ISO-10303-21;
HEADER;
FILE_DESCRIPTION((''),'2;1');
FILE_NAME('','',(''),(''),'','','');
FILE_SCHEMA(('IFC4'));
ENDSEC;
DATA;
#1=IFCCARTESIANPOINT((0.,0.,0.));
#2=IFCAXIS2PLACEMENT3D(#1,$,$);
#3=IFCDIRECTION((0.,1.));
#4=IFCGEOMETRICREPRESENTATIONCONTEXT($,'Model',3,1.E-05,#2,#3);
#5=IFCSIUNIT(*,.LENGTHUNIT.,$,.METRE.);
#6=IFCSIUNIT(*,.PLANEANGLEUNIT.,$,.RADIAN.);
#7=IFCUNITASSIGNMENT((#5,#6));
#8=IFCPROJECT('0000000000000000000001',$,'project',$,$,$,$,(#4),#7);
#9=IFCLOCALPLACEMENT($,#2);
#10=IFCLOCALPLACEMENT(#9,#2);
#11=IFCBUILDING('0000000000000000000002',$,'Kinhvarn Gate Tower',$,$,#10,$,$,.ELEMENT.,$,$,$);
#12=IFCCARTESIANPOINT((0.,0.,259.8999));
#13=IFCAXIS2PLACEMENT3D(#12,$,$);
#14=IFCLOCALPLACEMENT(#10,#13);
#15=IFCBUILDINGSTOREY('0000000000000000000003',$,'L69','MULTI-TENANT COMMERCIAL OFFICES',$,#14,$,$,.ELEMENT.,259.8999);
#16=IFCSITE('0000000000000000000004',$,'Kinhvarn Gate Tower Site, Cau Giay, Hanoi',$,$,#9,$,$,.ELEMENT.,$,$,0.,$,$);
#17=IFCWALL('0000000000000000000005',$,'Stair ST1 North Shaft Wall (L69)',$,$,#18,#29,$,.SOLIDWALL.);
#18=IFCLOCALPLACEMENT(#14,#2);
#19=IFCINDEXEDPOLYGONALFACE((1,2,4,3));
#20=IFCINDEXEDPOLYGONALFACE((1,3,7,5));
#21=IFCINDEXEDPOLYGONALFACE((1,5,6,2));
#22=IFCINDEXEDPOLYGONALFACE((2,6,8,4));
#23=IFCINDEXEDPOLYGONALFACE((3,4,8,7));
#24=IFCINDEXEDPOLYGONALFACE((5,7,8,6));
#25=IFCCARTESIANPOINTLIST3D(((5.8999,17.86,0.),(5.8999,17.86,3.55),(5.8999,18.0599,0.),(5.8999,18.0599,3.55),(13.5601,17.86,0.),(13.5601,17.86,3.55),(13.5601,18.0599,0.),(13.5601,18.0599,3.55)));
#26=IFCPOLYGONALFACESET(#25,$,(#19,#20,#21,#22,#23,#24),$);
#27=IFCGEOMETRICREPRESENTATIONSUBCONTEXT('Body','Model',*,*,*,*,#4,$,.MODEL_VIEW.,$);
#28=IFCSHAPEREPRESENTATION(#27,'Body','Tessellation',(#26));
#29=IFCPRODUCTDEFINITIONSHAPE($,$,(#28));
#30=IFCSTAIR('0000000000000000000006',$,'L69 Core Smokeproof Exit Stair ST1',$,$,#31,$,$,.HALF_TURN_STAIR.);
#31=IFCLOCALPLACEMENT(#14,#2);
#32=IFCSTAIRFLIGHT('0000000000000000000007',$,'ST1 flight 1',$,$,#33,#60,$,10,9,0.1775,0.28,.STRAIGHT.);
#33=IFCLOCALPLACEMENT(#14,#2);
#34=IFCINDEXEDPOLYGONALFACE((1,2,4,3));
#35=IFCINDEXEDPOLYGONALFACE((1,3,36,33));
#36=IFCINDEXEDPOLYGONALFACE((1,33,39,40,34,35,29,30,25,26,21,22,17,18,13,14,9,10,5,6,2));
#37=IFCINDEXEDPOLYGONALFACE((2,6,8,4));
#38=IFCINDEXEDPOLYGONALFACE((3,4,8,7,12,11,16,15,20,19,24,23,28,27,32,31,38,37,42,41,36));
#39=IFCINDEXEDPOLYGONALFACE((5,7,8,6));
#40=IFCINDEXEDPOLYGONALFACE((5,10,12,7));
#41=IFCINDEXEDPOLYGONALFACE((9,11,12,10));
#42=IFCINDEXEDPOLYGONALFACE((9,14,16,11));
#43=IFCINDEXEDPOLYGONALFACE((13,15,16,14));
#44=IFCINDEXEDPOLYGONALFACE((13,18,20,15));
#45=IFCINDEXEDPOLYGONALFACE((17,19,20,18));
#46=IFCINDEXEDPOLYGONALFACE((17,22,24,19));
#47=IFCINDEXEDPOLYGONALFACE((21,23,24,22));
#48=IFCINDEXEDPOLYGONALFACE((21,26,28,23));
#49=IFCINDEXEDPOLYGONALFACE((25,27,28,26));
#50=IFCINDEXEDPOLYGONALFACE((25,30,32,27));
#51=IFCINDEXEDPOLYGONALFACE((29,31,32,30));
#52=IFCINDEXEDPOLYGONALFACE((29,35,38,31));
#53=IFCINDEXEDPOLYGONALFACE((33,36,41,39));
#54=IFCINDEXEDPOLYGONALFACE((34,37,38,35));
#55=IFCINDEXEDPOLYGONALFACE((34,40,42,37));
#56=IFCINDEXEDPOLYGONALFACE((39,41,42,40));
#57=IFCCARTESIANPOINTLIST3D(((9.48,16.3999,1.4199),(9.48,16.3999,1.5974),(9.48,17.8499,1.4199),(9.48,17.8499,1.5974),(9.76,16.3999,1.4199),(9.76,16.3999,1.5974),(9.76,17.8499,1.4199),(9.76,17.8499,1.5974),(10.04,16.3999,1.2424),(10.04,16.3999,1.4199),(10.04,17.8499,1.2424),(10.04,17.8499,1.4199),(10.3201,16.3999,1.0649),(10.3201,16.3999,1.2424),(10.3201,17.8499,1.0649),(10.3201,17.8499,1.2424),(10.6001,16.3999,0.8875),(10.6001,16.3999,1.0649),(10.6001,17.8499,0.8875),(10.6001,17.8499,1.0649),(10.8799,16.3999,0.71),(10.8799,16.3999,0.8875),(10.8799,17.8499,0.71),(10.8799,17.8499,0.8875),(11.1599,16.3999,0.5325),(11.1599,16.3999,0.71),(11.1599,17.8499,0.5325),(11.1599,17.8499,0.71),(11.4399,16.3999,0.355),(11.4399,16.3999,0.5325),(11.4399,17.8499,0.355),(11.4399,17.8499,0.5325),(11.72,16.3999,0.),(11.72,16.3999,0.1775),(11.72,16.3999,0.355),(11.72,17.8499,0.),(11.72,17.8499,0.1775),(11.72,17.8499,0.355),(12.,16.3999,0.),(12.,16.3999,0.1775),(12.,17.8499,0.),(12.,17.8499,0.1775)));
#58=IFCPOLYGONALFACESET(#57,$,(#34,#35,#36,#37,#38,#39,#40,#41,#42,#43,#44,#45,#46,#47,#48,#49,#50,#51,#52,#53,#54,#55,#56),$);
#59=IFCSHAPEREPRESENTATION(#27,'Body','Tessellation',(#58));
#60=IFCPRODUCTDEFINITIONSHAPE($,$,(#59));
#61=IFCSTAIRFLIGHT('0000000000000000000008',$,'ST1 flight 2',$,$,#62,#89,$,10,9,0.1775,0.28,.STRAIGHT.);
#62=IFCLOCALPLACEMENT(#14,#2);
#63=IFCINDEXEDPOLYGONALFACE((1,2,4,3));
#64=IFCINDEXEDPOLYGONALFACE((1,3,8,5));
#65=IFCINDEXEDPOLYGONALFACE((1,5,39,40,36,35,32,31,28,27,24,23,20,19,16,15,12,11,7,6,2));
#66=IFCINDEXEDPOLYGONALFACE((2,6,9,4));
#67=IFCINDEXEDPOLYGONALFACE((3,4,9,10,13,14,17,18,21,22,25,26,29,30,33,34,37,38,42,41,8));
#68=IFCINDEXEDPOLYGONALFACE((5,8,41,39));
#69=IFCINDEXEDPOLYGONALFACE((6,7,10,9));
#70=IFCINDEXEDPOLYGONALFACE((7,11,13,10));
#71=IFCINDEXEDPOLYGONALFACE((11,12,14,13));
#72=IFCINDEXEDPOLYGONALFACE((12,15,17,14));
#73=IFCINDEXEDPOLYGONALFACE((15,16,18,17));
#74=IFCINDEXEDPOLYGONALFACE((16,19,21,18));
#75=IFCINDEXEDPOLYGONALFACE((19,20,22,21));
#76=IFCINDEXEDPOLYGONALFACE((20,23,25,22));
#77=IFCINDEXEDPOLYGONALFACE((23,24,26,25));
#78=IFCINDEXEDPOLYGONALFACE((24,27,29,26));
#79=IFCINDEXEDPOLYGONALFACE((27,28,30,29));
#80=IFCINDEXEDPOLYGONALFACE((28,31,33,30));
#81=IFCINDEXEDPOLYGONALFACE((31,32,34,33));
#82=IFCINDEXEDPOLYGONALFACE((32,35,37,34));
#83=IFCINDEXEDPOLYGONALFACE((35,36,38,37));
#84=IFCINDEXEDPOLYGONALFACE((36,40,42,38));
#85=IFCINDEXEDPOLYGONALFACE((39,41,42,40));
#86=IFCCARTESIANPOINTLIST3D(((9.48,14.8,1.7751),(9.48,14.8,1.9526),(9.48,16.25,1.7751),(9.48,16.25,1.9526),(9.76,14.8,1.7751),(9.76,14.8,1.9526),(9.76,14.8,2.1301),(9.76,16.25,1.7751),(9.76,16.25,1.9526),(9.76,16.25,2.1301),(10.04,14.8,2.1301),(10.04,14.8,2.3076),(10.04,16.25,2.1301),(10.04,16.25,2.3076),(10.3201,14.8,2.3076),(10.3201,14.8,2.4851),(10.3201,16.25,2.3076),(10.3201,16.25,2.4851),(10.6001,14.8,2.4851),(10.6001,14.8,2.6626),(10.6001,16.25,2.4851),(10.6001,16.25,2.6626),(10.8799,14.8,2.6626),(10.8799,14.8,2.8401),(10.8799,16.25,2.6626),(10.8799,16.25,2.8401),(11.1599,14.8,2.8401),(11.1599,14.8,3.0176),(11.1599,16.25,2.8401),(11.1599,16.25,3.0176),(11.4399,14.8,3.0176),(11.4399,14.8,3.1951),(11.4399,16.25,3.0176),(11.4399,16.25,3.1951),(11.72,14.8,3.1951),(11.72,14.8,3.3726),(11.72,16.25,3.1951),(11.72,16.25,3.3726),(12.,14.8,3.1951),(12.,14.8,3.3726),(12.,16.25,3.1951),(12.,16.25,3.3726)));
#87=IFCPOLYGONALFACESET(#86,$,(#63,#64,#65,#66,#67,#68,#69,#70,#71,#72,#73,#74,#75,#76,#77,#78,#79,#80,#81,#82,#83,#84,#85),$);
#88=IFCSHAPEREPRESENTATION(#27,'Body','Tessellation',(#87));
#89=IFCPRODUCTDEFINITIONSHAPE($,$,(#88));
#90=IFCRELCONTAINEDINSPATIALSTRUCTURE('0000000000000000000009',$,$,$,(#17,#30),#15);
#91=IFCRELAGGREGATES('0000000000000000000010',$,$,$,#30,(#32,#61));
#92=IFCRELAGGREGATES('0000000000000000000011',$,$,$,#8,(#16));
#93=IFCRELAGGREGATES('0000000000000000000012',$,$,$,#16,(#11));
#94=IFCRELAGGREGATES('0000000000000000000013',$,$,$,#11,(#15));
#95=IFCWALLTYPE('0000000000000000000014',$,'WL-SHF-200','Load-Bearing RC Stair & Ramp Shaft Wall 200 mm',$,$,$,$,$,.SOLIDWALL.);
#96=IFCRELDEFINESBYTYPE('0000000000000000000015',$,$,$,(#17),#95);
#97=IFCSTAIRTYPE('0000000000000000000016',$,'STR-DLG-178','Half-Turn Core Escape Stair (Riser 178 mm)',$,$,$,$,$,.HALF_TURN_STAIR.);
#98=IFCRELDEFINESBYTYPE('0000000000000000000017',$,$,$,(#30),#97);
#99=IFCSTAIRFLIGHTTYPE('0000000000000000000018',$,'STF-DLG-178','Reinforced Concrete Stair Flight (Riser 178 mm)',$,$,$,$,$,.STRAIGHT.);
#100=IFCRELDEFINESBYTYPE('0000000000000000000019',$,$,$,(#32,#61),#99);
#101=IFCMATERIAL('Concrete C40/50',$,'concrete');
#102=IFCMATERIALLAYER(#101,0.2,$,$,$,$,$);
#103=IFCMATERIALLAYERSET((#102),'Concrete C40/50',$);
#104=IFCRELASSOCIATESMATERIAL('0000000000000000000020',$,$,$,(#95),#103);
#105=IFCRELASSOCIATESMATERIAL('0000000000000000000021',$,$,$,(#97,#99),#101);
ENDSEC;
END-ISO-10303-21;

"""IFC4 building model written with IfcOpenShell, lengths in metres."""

from ifc_helpers import new_model, si_unit, direction, frame, frame_2d, origin, place, context, subcontext, project, spatial, polyline, rectangle, outline, extrude, material, layer, layer_set, type_object, element, aggregate, save


model = new_model("IFC4")

# Units and contexts
model_context = context("Model", 3, precision=1e-05, world=origin(), true_north=direction((0.0, 1.0)))
body_context = subcontext(model_context, "Body", "Model", "MODEL_VIEW")
ifc_project = project(units=[si_unit("LENGTHUNIT", "METRE"), si_unit("PLANEANGLEUNIT", "RADIAN")], contexts=[model_context])

# Site, building, storey
site_placement = place(None, origin())
site = spatial("IfcSite", under=ifc_project, at=site_placement, Name="Kinhvarn Gate Tower Site, Cau Giay, Hanoi", CompositionType="ELEMENT", RefElevation=0.0)
building_placement = place(site_placement, origin())
building = spatial("IfcBuilding", under=site, at=building_placement, Name="Kinhvarn Gate Tower", CompositionType="ELEMENT")
storey_placement = place(building_placement, frame((0.0, 0.0, 259.8999)))
storey = spatial("IfcBuildingStorey", under=building, at=storey_placement, Name="L69", Description="MULTI-TENANT COMMERCIAL OFFICES", CompositionType="ELEMENT", Elevation=259.8999)

# Wall
ifc_material_1 = material(Name="Concrete C40/50", Category="concrete")
ifc_layer_1 = layer(ifc_material_1, 0.2)
ifc_layer_set_1 = layer_set([ifc_layer_1], Name="Concrete C40/50")
wall_type_1 = type_object("IfcWallType", Name="WL-SHF-200", Description="Load-Bearing RC Stair & Ramp Shaft Wall 200 mm", PredefinedType="SOLIDWALL", material=ifc_layer_set_1)
wall_1_placement = place(storey_placement, frame((5.8999, 17.96, 0.0), z_axis=(0.0, 0.0, 1.0), x_axis=(1.0, 0.0, 0.0)))
element("IfcWall", 1, at=wall_1_placement, inside=storey, type_object=wall_type_1, Name="Stair ST1 North Shaft Wall (L69)", PredefinedType="SOLIDWALL", context=body_context, shape_type="SweptSolid", body=[
    extrude(rectangle(XDim=7.6602, YDim=0.2, at=frame_2d((3.8301, 0.0))), origin(), (0.0, 0.0, 1.0), 3.55),
])

# Stair, stair flights
stair_type = type_object("IfcStairType", Name="STR-DLG-178", Description="Half-Turn Core Escape Stair (Riser 178 mm)", PredefinedType="HALF_TURN_STAIR", material=ifc_material_1)
stair_placement = place(storey_placement, origin())
stair = element("IfcStair", 2, at=stair_placement, inside=storey, type_object=stair_type, Name="L69 Core Smokeproof Exit Stair ST1", PredefinedType="HALF_TURN_STAIR")
stair_flight_type = type_object("IfcStairFlightType", Name="STF-DLG-178", Description="Reinforced Concrete Stair Flight (Riser 178 mm)", PredefinedType="STRAIGHT", material=ifc_material_1)
stair_flight_1_placement = place(storey_placement, frame((12.0, 17.125, 0.0), z_axis=(0.0, 0.0, 1.0), x_axis=(-1.0, 0.0, 0.0)))
stair_flight_1 = element("IfcStairFlight", 3, at=stair_flight_1_placement, type_object=stair_flight_type, Name="ST1 flight 1", NumberOfRisers=10, NumberOfTreads=9, PredefinedType="STRAIGHT", RiserHeight=0.1775, TreadLength=0.28, context=body_context, shape_type="SweptSolid", body=[
    extrude(outline(polyline([(0.0, 0.0), (0.0, 0.1775), (0.28, 0.1775), (0.28, 0.355), (0.5601, 0.355), (0.5601, 0.5325), (0.8401, 0.5325), (0.8401, 0.71), (1.1201, 0.71), (1.1201, 0.8875), (1.3999, 0.8875), (1.3999, 1.0649), (1.6799, 1.0649), (1.6799, 1.2424), (1.96, 1.2424), (1.96, 1.4199), (2.24, 1.4199), (2.24, 1.5974), (2.52, 1.5974), (2.52, 1.7749), (2.52, 1.4199), (0.28, 0.0), (0.0, 0.0)])), frame((0.0, 0.7251, 0.0), z_axis=(0.0, -1.0, 0.0), x_axis=(1.0, 0.0, 0.0)), (0.0, 0.0, 1.0), 1.45),
])
stair_flight_2_placement = place(storey_placement, frame((9.48, 15.5249, 1.7751), z_axis=(0.0, 0.0, 1.0), x_axis=(1.0, 0.0, 0.0)))
stair_flight_2 = element("IfcStairFlight", 4, at=stair_flight_2_placement, type_object=stair_flight_type, Name="ST1 flight 2", NumberOfRisers=10, NumberOfTreads=9, PredefinedType="STRAIGHT", RiserHeight=0.1775, TreadLength=0.28, context=body_context, shape_type="SweptSolid", body=[
    extrude(outline(polyline([(0.0, 0.0), (0.0, 0.1775), (0.28, 0.1775), (0.28, 0.355), (0.5601, 0.355), (0.5601, 0.5325), (0.8401, 0.5325), (0.8401, 0.71), (1.1201, 0.71), (1.1201, 0.8875), (1.3999, 0.8875), (1.3999, 1.0649), (1.6799, 1.0649), (1.6799, 1.2424), (1.96, 1.2424), (1.96, 1.4199), (2.24, 1.4199), (2.24, 1.5974), (2.52, 1.5974), (2.52, 1.7749), (2.52, 1.4199), (0.28, 0.0), (0.0, 0.0)])), frame((0.0, 0.7251, 0.0), z_axis=(0.0, -1.0, 0.0), x_axis=(1.0, 0.0, 0.0)), (0.0, 0.0, 1.0), 1.45),
])
aggregate(stair, [stair_flight_1, stair_flight_2])

save(model, "model.ifc")
